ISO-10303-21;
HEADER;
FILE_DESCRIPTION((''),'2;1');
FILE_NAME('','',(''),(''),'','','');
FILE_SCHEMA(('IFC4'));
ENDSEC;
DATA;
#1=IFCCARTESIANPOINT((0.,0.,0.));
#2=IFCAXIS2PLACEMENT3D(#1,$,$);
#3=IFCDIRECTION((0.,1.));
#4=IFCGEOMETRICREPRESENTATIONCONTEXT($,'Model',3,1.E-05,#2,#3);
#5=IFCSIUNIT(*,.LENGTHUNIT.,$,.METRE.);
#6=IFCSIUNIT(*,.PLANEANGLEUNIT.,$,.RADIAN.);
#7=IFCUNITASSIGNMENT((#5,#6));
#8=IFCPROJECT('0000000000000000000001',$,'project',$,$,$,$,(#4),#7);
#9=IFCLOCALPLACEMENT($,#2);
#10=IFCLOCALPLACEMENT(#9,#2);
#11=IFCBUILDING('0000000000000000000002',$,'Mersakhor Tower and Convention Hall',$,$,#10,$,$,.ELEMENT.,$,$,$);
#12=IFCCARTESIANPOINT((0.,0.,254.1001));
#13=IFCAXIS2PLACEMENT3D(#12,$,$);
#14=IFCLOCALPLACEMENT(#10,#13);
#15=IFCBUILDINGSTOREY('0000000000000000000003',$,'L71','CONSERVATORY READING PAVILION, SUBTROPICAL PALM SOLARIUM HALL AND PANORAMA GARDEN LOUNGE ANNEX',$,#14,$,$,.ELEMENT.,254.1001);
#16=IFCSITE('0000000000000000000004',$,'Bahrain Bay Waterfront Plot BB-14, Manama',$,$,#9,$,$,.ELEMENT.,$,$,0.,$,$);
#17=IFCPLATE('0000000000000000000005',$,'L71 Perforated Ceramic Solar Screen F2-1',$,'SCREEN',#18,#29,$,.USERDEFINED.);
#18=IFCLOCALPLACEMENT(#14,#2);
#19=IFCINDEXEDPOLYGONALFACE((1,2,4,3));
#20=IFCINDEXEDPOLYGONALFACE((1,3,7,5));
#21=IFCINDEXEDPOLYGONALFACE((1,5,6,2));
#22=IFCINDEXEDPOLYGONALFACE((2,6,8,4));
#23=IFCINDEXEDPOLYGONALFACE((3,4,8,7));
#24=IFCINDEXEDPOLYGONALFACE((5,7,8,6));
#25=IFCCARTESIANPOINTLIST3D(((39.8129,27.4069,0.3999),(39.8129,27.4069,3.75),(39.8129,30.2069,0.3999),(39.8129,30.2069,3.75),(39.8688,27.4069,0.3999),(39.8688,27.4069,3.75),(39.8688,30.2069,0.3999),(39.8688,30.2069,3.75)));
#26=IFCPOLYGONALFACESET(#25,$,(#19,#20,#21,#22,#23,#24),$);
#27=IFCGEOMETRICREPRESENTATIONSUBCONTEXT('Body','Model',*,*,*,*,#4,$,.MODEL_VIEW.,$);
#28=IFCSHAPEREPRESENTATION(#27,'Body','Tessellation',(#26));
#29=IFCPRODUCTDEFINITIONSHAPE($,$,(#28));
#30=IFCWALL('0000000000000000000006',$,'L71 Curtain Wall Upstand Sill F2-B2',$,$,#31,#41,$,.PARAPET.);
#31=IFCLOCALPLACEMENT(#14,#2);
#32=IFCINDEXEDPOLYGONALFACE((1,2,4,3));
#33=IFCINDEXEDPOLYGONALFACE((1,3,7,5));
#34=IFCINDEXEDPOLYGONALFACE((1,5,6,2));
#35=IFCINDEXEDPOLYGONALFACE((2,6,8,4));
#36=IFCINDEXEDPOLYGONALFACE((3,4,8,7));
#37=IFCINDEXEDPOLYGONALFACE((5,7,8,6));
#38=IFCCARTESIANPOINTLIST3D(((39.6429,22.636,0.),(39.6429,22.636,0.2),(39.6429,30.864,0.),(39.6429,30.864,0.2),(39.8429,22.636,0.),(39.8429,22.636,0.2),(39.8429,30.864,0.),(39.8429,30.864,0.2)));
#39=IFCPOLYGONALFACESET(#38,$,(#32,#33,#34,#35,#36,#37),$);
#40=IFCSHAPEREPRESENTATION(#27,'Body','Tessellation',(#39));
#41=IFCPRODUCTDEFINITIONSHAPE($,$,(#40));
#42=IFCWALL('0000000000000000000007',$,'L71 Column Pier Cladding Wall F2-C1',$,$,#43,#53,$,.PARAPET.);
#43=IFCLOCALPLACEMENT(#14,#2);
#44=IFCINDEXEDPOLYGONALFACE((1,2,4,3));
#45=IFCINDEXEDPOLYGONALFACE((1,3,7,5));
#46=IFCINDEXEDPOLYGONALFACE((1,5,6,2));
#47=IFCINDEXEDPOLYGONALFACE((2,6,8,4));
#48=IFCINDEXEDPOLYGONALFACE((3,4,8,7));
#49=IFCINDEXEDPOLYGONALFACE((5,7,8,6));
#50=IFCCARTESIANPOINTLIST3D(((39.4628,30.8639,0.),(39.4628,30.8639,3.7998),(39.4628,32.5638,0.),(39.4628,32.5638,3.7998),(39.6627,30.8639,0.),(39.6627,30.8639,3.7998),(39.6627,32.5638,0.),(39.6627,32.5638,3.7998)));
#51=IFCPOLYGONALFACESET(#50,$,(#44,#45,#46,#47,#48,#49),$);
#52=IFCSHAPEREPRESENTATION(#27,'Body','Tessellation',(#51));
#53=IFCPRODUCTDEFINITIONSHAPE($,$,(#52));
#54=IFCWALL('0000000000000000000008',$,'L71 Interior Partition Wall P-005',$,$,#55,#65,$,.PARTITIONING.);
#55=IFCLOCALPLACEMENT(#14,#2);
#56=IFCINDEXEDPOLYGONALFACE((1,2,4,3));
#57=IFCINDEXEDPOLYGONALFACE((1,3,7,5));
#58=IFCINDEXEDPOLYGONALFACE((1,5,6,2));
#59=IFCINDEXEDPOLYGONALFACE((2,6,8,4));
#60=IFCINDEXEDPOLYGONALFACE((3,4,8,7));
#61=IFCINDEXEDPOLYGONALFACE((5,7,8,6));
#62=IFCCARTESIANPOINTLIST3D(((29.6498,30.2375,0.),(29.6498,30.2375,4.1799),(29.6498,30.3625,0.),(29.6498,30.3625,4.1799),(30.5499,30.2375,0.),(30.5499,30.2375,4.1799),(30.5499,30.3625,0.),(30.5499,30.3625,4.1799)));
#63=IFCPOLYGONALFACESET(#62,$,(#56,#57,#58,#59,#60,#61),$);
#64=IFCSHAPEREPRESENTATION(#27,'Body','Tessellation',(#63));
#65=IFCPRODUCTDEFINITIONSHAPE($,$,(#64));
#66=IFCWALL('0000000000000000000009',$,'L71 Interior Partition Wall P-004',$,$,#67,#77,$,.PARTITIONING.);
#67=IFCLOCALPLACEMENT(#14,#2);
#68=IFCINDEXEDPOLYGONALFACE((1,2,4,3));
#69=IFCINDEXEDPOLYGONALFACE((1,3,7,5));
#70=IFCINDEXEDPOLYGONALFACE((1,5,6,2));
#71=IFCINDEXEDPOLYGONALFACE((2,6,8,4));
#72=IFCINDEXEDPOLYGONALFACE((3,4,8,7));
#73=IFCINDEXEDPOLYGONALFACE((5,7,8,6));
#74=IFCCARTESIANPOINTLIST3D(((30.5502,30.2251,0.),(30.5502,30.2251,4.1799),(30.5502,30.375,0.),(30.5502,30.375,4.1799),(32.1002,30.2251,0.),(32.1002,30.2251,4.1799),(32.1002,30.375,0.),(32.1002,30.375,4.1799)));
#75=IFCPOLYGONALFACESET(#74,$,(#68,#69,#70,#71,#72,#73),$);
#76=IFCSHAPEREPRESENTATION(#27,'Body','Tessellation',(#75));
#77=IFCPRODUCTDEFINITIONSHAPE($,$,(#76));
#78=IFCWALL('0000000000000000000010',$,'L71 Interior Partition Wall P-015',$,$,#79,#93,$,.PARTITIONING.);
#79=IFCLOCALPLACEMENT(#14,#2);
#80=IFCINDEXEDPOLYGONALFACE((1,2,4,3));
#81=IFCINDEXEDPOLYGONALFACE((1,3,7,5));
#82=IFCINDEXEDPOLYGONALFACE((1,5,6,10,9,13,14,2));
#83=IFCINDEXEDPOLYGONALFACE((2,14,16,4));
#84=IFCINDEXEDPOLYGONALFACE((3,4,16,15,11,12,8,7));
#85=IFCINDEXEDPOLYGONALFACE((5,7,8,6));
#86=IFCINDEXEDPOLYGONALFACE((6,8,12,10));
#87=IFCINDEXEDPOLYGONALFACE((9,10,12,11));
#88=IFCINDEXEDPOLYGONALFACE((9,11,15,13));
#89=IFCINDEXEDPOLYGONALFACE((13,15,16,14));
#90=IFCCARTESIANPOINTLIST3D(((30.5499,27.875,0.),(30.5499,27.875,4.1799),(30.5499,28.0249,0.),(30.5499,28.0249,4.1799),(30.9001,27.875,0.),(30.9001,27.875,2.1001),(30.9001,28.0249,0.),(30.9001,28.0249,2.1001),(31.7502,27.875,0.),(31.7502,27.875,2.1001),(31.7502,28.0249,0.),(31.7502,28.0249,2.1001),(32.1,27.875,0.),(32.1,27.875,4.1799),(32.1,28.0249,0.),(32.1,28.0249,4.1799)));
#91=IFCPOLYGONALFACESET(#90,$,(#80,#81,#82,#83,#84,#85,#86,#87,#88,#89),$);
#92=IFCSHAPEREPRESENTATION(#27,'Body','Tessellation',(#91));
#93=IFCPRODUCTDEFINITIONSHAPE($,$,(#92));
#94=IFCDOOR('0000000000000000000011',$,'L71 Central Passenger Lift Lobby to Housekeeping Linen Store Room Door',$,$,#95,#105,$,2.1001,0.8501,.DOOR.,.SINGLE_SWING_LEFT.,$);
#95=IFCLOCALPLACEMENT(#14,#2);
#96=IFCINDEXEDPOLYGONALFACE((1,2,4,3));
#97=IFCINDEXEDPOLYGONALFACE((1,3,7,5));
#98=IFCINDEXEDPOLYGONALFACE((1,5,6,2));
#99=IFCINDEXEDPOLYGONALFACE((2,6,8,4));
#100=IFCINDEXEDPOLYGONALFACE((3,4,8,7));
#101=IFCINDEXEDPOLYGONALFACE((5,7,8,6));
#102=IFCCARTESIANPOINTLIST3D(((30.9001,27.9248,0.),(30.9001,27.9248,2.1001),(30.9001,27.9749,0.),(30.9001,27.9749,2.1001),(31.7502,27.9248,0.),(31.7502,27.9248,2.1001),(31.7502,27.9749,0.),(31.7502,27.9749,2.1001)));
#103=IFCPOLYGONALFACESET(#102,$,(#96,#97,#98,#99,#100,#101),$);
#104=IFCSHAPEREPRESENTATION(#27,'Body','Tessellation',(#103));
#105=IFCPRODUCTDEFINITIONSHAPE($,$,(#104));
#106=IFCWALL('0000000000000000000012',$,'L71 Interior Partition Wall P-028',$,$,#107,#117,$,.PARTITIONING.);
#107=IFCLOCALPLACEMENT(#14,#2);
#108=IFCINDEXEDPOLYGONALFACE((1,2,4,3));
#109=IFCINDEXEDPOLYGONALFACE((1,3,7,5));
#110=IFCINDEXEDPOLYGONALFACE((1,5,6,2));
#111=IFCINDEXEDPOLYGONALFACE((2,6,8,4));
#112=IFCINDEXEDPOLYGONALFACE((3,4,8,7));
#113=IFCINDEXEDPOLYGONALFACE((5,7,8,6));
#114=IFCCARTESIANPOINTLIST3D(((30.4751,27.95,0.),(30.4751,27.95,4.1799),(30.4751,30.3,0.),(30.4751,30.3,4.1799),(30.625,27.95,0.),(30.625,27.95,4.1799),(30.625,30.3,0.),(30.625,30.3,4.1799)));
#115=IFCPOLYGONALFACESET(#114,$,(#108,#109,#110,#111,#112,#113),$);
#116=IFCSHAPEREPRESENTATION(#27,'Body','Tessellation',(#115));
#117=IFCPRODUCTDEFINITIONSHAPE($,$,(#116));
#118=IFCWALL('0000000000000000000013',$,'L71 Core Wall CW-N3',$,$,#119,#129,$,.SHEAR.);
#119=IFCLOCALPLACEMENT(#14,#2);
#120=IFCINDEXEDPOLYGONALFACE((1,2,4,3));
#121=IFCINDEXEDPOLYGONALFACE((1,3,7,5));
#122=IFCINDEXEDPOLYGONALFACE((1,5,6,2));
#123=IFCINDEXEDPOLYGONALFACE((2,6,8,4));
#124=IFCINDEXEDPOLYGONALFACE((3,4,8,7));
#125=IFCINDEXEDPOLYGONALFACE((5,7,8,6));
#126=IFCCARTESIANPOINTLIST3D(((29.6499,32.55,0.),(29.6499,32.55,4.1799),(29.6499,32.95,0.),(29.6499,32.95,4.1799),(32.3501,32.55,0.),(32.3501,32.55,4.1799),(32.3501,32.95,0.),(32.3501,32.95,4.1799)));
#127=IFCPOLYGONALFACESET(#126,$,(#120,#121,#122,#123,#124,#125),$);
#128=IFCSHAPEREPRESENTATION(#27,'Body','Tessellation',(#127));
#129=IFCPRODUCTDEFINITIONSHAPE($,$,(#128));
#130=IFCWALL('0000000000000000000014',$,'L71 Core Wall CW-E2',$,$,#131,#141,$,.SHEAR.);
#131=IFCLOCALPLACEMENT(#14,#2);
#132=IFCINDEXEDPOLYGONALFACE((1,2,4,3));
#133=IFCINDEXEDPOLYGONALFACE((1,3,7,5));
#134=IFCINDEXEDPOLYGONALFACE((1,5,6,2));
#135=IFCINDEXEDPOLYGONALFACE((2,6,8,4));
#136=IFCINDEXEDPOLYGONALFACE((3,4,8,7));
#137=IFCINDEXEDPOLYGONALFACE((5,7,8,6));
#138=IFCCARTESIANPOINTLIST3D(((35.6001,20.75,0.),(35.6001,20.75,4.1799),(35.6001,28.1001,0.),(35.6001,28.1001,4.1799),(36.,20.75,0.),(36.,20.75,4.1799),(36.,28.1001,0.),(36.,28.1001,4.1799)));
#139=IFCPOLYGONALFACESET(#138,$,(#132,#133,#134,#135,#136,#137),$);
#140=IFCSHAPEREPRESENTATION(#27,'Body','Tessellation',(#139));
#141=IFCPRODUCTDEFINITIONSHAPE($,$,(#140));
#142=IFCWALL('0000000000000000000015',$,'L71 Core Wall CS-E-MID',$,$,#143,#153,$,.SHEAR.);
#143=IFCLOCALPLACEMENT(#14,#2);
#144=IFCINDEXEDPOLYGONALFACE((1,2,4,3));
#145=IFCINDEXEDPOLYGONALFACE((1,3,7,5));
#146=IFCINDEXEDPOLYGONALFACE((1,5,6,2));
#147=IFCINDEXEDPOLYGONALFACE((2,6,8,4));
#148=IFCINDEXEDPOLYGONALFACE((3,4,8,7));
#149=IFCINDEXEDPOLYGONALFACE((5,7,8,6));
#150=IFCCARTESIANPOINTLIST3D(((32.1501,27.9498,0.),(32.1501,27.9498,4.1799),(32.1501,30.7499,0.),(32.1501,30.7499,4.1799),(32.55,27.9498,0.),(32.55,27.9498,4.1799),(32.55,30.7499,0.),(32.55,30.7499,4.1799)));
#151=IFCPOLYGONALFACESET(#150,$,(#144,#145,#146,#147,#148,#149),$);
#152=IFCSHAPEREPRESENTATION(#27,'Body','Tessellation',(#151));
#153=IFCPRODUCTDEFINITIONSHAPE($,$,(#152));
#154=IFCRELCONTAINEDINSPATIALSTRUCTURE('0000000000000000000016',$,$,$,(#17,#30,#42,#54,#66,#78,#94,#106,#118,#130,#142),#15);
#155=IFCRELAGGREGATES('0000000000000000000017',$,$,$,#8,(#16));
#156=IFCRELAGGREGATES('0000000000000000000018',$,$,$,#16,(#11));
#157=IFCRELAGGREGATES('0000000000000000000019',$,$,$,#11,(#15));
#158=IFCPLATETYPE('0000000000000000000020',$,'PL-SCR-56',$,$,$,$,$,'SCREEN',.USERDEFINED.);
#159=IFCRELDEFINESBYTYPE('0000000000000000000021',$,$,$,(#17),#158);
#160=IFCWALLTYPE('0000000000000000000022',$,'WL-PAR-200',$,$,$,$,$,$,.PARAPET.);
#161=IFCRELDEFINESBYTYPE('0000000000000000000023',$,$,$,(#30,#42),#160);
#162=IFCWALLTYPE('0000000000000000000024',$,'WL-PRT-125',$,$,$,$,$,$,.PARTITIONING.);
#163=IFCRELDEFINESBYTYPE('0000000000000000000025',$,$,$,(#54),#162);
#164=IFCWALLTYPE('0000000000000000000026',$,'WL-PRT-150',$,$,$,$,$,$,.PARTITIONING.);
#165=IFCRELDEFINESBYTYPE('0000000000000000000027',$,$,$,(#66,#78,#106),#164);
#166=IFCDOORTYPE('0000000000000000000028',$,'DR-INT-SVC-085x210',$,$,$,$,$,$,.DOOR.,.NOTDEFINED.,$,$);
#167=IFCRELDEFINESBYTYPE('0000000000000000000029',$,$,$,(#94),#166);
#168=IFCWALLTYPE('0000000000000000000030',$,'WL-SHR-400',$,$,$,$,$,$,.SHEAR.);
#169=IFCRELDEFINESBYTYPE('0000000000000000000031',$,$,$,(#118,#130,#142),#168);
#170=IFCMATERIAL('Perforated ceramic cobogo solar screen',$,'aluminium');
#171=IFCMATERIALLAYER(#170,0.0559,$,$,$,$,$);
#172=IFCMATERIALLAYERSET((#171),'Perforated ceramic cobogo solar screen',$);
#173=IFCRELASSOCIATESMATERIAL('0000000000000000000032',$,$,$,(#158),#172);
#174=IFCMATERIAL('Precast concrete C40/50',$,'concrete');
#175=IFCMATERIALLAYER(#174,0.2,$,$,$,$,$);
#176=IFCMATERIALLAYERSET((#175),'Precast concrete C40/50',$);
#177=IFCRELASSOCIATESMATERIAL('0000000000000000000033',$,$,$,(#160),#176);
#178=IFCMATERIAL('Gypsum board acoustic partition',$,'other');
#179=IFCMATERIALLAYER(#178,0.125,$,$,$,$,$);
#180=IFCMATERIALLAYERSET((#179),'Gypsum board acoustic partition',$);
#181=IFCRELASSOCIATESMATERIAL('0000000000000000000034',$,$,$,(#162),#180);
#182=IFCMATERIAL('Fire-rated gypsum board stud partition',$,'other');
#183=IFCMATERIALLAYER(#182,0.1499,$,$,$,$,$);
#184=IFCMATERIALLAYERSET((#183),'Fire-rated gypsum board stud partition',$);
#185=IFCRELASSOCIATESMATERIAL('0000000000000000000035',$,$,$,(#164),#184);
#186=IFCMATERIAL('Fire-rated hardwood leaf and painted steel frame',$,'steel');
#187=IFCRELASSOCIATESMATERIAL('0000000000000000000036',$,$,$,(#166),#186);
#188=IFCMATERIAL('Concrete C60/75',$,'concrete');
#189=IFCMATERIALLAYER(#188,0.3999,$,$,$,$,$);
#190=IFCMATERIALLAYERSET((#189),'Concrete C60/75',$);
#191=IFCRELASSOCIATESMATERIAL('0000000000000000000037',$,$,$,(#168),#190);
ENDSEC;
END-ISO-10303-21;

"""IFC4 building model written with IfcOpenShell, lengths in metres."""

from ifc_helpers import new_model, si_unit, direction, frame, frame_2d, origin, origin_2d, place, context, subcontext, project, spatial, rectangle, extrude, material, layer, layer_set, type_object, element, fill, save


model = new_model("IFC4")

# Units and contexts
model_context = context("Model", 3, precision=1e-05, world=origin(), true_north=direction((0.0, 1.0)))
body_context = subcontext(model_context, "Body", "Model", "MODEL_VIEW")
ifc_project = project(units=[si_unit("LENGTHUNIT", "METRE"), si_unit("PLANEANGLEUNIT", "RADIAN")], contexts=[model_context])

# Site, building, storey
site_placement = place(None, origin())
site = spatial("IfcSite", under=ifc_project, at=site_placement, Name="Bahrain Bay Waterfront Plot BB-14, Manama", CompositionType="ELEMENT", RefElevation=0.0)
building_placement = place(site_placement, origin())
building = spatial("IfcBuilding", under=site, at=building_placement, Name="Mersakhor Tower and Convention Hall", CompositionType="ELEMENT")
storey_placement = place(building_placement, frame((0.0, 0.0, 254.1001)))
storey = spatial("IfcBuildingStorey", under=building, at=storey_placement, Name="L71", Description="CONSERVATORY READING PAVILION, SUBTROPICAL PALM SOLARIUM HALL AND PANORAMA GARDEN LOUNGE ANNEX", CompositionType="ELEMENT", Elevation=254.1001)

# Plate
ifc_material_1 = material(Name="Perforated ceramic cobogo solar screen", Category="aluminium")
ifc_layer_1 = layer(ifc_material_1, 0.0559)
ifc_layer_set_1 = layer_set([ifc_layer_1], Name="Perforated ceramic cobogo solar screen")
plate_type_1 = type_object("IfcPlateType", Name="PL-SCR-56", ElementType="SCREEN", PredefinedType="USERDEFINED", material=ifc_layer_set_1)
plate_1_placement = place(storey_placement, frame((39.8408, 28.8069, 0.3999), z_axis=(0.0, 0.0, 1.0), x_axis=(0.0, -1.0, 0.0)))
element("IfcPlate", 1, at=plate_1_placement, inside=storey, type_object=plate_type_1, Name="L71 Perforated Ceramic Solar Screen F2-1", ObjectType="SCREEN", PredefinedType="USERDEFINED", context=body_context, shape_type="SweptSolid", body=[
    extrude(rectangle(XDim=2.8, YDim=0.0559, at=origin_2d()), origin(), (0.0, 0.0, 1.0), 3.3501),
])

# Walls
ifc_material_2 = material(Name="Precast concrete C40/50", Category="concrete")
ifc_layer_2 = layer(ifc_material_2, 0.2)
ifc_layer_set_2 = layer_set([ifc_layer_2], Name="Precast concrete C40/50")
wall_type_1 = type_object("IfcWallType", Name="WL-PAR-200", PredefinedType="PARAPET", material=ifc_layer_set_2)
wall_1_placement = place(storey_placement, frame((39.7429, 30.864, 0.0), z_axis=(0.0, 0.0, 1.0), x_axis=(0.0, -1.0, 0.0)))
element("IfcWall", 2, at=wall_1_placement, inside=storey, type_object=wall_type_1, Name="L71 Curtain Wall Upstand Sill F2-B2", PredefinedType="PARAPET", context=body_context, shape_type="SweptSolid", body=[
    extrude(rectangle(XDim=8.228, YDim=0.2, at=frame_2d((4.114, 0.0))), origin(), (0.0, 0.0, 1.0), 0.2),
])
wall_2_placement = place(storey_placement, frame((39.5627, 32.564, 0.0), z_axis=(0.0, 0.0, 1.0), x_axis=(0.0, -1.0, 0.0)))
element("IfcWall", 3, at=wall_2_placement, inside=storey, type_object=wall_type_1, Name="L71 Column Pier Cladding Wall F2-C1", PredefinedType="PARAPET", context=body_context, shape_type="SweptSolid", body=[
    extrude(rectangle(XDim=1.7, YDim=0.2, at=frame_2d((0.8501, 0.0))), origin(), (0.0, 0.0, 1.0), 3.7998),
])
ifc_material_3 = material(Name="Gypsum board acoustic partition", Category="other")
ifc_layer_3 = layer(ifc_material_3, 0.125)
ifc_layer_set_3 = layer_set([ifc_layer_3], Name="Gypsum board acoustic partition")
wall_type_2 = type_object("IfcWallType", Name="WL-PRT-125", PredefinedType="PARTITIONING", material=ifc_layer_set_3)
wall_3_placement = place(storey_placement, frame((30.55, 30.3, 0.0), z_axis=(0.0, 0.0, 1.0), x_axis=(-1.0, 0.0, 0.0)))
element("IfcWall", 4, at=wall_3_placement, inside=storey, type_object=wall_type_2, Name="L71 Interior Partition Wall P-005", PredefinedType="PARTITIONING", context=body_context, shape_type="SweptSolid", body=[
    extrude(rectangle(XDim=0.9001, YDim=0.125, at=frame_2d((0.4502, 0.0))), origin(), (0.0, 0.0, 1.0), 4.1799),
])
ifc_material_4 = material(Name="Fire-rated gypsum board stud partition", Category="other")
ifc_layer_4 = layer(ifc_material_4, 0.1499)
ifc_layer_set_4 = layer_set([ifc_layer_4], Name="Fire-rated gypsum board stud partition")
wall_type_3 = type_object("IfcWallType", Name="WL-PRT-150", PredefinedType="PARTITIONING", material=ifc_layer_set_4)
wall_4_placement = place(storey_placement, frame((32.1001, 30.3, 0.0), z_axis=(0.0, 0.0, 1.0), x_axis=(-1.0, 0.0, 0.0)))
element("IfcWall", 5, at=wall_4_placement, inside=storey, type_object=wall_type_3, Name="L71 Interior Partition Wall P-004", PredefinedType="PARTITIONING", context=body_context, shape_type="SweptSolid", body=[
    extrude(rectangle(XDim=1.55, YDim=0.1499, at=frame_2d((0.7749, 0.0))), origin(), (0.0, 0.0, 1.0), 4.1799),
])

# Wall, opening, door
wall_5_placement = place(storey_placement, frame((30.55, 27.95, 0.0), z_axis=(0.0, 0.0, 1.0), x_axis=(1.0, 0.0, 0.0)))
wall_5 = element("IfcWall", 6, at=wall_5_placement, inside=storey, type_object=wall_type_3, Name="L71 Interior Partition Wall P-015", PredefinedType="PARTITIONING", context=body_context, shape_type="SweptSolid", body=[
    extrude(rectangle(XDim=1.55, YDim=0.1499, at=frame_2d((0.7749, 0.0))), origin(), (0.0, 0.0, 1.0), 4.1799),
])
opening_1_placement = place(wall_5_placement, frame((0.3501, 0.0, 0.0)))
opening_1 = element("IfcOpeningElement", 7, at=opening_1_placement, cuts=wall_5, PredefinedType="OPENING", context=body_context, shape_type="SweptSolid", body=[
    extrude(rectangle(XDim=0.8501, YDim=2.1001, at=frame_2d((0.425, 1.05))), frame((0.0, 0.085, 0.0), z_axis=(0.0, -1.0, 0.0), x_axis=(1.0, 0.0, 0.0)), (0.0, 0.0, 1.0), 0.1699),
])
ifc_material_5 = material(Name="Fire-rated hardwood leaf and painted steel frame", Category="steel")
door_type_1 = type_object("IfcDoorType", Name="DR-INT-SVC-085x210", OperationType="NOTDEFINED", PredefinedType="DOOR", material=ifc_material_5)
door_1_placement = place(opening_1_placement, origin())
door_1 = element("IfcDoor", 8, at=door_1_placement, inside=storey, type_object=door_type_1, Name="L71 Central Passenger Lift Lobby to Housekeeping Linen Store Room Door", OperationType="SINGLE_SWING_LEFT", OverallHeight=2.1001, OverallWidth=0.8501, PredefinedType="DOOR", context=body_context, shape_type="SweptSolid", body=[
    extrude(rectangle(XDim=0.8501, YDim=2.1001, at=frame_2d((0.425, 1.05))), frame((0.0, 0.0249, 0.0), z_axis=(0.0, -1.0, 0.0), x_axis=(1.0, 0.0, 0.0)), (0.0, 0.0, 1.0), 0.05),
])
fill(opening_1, door_1)

# Wall
wall_6_placement = place(storey_placement, frame((30.55, 30.3, 0.0), z_axis=(0.0, 0.0, 1.0), x_axis=(0.0, -1.0, 0.0)))
element("IfcWall", 9, at=wall_6_placement, inside=storey, type_object=wall_type_3, Name="L71 Interior Partition Wall P-028", PredefinedType="PARTITIONING", context=body_context, shape_type="SweptSolid", body=[
    extrude(rectangle(XDim=2.3501, YDim=0.1499, at=frame_2d((1.175, 0.0))), origin(), (0.0, 0.0, 1.0), 4.1799),
])

# Walls
ifc_material_6 = material(Name="Concrete C60/75", Category="concrete")
ifc_layer_5 = layer(ifc_material_6, 0.3999)
ifc_layer_set_5 = layer_set([ifc_layer_5], Name="Concrete C60/75")
wall_type_4 = type_object("IfcWallType", Name="WL-SHR-400", PredefinedType="SHEAR", material=ifc_layer_set_5)
wall_7_placement = place(storey_placement, frame((29.6499, 32.75, 0.0), z_axis=(0.0, 0.0, 1.0), x_axis=(1.0, 0.0, 0.0)))
element("IfcWall", 10, at=wall_7_placement, inside=storey, type_object=wall_type_4, Name="L71 Core Wall CW-N3", PredefinedType="SHEAR", context=body_context, shape_type="SweptSolid", body=[
    extrude(rectangle(XDim=2.7002, YDim=0.3999, at=frame_2d((1.3501, 0.0))), origin(), (0.0, 0.0, 1.0), 4.1799),
])
wall_8_placement = place(storey_placement, frame((35.8, 28.1001, 0.0), z_axis=(0.0, 0.0, 1.0), x_axis=(0.0, -1.0, 0.0)))
element("IfcWall", 11, at=wall_8_placement, inside=storey, type_object=wall_type_4, Name="L71 Core Wall CW-E2", PredefinedType="SHEAR", context=body_context, shape_type="SweptSolid", body=[
    extrude(rectangle(XDim=7.3501, YDim=0.3999, at=frame_2d((3.675, 0.0))), origin(), (0.0, 0.0, 1.0), 4.1799),
])
wall_9_placement = place(storey_placement, frame((32.3501, 27.95, 0.0), z_axis=(0.0, 0.0, 1.0), x_axis=(0.0, 1.0, 0.0)))
element("IfcWall", 12, at=wall_9_placement, inside=storey, type_object=wall_type_4, Name="L71 Core Wall CS-E-MID", PredefinedType="SHEAR", context=body_context, shape_type="SweptSolid", body=[
    extrude(rectangle(XDim=2.8, YDim=0.3999, at=frame_2d((1.3999, 0.0))), origin(), (0.0, 0.0, 1.0), 4.1799),
])

save(model, "model.ifc")
